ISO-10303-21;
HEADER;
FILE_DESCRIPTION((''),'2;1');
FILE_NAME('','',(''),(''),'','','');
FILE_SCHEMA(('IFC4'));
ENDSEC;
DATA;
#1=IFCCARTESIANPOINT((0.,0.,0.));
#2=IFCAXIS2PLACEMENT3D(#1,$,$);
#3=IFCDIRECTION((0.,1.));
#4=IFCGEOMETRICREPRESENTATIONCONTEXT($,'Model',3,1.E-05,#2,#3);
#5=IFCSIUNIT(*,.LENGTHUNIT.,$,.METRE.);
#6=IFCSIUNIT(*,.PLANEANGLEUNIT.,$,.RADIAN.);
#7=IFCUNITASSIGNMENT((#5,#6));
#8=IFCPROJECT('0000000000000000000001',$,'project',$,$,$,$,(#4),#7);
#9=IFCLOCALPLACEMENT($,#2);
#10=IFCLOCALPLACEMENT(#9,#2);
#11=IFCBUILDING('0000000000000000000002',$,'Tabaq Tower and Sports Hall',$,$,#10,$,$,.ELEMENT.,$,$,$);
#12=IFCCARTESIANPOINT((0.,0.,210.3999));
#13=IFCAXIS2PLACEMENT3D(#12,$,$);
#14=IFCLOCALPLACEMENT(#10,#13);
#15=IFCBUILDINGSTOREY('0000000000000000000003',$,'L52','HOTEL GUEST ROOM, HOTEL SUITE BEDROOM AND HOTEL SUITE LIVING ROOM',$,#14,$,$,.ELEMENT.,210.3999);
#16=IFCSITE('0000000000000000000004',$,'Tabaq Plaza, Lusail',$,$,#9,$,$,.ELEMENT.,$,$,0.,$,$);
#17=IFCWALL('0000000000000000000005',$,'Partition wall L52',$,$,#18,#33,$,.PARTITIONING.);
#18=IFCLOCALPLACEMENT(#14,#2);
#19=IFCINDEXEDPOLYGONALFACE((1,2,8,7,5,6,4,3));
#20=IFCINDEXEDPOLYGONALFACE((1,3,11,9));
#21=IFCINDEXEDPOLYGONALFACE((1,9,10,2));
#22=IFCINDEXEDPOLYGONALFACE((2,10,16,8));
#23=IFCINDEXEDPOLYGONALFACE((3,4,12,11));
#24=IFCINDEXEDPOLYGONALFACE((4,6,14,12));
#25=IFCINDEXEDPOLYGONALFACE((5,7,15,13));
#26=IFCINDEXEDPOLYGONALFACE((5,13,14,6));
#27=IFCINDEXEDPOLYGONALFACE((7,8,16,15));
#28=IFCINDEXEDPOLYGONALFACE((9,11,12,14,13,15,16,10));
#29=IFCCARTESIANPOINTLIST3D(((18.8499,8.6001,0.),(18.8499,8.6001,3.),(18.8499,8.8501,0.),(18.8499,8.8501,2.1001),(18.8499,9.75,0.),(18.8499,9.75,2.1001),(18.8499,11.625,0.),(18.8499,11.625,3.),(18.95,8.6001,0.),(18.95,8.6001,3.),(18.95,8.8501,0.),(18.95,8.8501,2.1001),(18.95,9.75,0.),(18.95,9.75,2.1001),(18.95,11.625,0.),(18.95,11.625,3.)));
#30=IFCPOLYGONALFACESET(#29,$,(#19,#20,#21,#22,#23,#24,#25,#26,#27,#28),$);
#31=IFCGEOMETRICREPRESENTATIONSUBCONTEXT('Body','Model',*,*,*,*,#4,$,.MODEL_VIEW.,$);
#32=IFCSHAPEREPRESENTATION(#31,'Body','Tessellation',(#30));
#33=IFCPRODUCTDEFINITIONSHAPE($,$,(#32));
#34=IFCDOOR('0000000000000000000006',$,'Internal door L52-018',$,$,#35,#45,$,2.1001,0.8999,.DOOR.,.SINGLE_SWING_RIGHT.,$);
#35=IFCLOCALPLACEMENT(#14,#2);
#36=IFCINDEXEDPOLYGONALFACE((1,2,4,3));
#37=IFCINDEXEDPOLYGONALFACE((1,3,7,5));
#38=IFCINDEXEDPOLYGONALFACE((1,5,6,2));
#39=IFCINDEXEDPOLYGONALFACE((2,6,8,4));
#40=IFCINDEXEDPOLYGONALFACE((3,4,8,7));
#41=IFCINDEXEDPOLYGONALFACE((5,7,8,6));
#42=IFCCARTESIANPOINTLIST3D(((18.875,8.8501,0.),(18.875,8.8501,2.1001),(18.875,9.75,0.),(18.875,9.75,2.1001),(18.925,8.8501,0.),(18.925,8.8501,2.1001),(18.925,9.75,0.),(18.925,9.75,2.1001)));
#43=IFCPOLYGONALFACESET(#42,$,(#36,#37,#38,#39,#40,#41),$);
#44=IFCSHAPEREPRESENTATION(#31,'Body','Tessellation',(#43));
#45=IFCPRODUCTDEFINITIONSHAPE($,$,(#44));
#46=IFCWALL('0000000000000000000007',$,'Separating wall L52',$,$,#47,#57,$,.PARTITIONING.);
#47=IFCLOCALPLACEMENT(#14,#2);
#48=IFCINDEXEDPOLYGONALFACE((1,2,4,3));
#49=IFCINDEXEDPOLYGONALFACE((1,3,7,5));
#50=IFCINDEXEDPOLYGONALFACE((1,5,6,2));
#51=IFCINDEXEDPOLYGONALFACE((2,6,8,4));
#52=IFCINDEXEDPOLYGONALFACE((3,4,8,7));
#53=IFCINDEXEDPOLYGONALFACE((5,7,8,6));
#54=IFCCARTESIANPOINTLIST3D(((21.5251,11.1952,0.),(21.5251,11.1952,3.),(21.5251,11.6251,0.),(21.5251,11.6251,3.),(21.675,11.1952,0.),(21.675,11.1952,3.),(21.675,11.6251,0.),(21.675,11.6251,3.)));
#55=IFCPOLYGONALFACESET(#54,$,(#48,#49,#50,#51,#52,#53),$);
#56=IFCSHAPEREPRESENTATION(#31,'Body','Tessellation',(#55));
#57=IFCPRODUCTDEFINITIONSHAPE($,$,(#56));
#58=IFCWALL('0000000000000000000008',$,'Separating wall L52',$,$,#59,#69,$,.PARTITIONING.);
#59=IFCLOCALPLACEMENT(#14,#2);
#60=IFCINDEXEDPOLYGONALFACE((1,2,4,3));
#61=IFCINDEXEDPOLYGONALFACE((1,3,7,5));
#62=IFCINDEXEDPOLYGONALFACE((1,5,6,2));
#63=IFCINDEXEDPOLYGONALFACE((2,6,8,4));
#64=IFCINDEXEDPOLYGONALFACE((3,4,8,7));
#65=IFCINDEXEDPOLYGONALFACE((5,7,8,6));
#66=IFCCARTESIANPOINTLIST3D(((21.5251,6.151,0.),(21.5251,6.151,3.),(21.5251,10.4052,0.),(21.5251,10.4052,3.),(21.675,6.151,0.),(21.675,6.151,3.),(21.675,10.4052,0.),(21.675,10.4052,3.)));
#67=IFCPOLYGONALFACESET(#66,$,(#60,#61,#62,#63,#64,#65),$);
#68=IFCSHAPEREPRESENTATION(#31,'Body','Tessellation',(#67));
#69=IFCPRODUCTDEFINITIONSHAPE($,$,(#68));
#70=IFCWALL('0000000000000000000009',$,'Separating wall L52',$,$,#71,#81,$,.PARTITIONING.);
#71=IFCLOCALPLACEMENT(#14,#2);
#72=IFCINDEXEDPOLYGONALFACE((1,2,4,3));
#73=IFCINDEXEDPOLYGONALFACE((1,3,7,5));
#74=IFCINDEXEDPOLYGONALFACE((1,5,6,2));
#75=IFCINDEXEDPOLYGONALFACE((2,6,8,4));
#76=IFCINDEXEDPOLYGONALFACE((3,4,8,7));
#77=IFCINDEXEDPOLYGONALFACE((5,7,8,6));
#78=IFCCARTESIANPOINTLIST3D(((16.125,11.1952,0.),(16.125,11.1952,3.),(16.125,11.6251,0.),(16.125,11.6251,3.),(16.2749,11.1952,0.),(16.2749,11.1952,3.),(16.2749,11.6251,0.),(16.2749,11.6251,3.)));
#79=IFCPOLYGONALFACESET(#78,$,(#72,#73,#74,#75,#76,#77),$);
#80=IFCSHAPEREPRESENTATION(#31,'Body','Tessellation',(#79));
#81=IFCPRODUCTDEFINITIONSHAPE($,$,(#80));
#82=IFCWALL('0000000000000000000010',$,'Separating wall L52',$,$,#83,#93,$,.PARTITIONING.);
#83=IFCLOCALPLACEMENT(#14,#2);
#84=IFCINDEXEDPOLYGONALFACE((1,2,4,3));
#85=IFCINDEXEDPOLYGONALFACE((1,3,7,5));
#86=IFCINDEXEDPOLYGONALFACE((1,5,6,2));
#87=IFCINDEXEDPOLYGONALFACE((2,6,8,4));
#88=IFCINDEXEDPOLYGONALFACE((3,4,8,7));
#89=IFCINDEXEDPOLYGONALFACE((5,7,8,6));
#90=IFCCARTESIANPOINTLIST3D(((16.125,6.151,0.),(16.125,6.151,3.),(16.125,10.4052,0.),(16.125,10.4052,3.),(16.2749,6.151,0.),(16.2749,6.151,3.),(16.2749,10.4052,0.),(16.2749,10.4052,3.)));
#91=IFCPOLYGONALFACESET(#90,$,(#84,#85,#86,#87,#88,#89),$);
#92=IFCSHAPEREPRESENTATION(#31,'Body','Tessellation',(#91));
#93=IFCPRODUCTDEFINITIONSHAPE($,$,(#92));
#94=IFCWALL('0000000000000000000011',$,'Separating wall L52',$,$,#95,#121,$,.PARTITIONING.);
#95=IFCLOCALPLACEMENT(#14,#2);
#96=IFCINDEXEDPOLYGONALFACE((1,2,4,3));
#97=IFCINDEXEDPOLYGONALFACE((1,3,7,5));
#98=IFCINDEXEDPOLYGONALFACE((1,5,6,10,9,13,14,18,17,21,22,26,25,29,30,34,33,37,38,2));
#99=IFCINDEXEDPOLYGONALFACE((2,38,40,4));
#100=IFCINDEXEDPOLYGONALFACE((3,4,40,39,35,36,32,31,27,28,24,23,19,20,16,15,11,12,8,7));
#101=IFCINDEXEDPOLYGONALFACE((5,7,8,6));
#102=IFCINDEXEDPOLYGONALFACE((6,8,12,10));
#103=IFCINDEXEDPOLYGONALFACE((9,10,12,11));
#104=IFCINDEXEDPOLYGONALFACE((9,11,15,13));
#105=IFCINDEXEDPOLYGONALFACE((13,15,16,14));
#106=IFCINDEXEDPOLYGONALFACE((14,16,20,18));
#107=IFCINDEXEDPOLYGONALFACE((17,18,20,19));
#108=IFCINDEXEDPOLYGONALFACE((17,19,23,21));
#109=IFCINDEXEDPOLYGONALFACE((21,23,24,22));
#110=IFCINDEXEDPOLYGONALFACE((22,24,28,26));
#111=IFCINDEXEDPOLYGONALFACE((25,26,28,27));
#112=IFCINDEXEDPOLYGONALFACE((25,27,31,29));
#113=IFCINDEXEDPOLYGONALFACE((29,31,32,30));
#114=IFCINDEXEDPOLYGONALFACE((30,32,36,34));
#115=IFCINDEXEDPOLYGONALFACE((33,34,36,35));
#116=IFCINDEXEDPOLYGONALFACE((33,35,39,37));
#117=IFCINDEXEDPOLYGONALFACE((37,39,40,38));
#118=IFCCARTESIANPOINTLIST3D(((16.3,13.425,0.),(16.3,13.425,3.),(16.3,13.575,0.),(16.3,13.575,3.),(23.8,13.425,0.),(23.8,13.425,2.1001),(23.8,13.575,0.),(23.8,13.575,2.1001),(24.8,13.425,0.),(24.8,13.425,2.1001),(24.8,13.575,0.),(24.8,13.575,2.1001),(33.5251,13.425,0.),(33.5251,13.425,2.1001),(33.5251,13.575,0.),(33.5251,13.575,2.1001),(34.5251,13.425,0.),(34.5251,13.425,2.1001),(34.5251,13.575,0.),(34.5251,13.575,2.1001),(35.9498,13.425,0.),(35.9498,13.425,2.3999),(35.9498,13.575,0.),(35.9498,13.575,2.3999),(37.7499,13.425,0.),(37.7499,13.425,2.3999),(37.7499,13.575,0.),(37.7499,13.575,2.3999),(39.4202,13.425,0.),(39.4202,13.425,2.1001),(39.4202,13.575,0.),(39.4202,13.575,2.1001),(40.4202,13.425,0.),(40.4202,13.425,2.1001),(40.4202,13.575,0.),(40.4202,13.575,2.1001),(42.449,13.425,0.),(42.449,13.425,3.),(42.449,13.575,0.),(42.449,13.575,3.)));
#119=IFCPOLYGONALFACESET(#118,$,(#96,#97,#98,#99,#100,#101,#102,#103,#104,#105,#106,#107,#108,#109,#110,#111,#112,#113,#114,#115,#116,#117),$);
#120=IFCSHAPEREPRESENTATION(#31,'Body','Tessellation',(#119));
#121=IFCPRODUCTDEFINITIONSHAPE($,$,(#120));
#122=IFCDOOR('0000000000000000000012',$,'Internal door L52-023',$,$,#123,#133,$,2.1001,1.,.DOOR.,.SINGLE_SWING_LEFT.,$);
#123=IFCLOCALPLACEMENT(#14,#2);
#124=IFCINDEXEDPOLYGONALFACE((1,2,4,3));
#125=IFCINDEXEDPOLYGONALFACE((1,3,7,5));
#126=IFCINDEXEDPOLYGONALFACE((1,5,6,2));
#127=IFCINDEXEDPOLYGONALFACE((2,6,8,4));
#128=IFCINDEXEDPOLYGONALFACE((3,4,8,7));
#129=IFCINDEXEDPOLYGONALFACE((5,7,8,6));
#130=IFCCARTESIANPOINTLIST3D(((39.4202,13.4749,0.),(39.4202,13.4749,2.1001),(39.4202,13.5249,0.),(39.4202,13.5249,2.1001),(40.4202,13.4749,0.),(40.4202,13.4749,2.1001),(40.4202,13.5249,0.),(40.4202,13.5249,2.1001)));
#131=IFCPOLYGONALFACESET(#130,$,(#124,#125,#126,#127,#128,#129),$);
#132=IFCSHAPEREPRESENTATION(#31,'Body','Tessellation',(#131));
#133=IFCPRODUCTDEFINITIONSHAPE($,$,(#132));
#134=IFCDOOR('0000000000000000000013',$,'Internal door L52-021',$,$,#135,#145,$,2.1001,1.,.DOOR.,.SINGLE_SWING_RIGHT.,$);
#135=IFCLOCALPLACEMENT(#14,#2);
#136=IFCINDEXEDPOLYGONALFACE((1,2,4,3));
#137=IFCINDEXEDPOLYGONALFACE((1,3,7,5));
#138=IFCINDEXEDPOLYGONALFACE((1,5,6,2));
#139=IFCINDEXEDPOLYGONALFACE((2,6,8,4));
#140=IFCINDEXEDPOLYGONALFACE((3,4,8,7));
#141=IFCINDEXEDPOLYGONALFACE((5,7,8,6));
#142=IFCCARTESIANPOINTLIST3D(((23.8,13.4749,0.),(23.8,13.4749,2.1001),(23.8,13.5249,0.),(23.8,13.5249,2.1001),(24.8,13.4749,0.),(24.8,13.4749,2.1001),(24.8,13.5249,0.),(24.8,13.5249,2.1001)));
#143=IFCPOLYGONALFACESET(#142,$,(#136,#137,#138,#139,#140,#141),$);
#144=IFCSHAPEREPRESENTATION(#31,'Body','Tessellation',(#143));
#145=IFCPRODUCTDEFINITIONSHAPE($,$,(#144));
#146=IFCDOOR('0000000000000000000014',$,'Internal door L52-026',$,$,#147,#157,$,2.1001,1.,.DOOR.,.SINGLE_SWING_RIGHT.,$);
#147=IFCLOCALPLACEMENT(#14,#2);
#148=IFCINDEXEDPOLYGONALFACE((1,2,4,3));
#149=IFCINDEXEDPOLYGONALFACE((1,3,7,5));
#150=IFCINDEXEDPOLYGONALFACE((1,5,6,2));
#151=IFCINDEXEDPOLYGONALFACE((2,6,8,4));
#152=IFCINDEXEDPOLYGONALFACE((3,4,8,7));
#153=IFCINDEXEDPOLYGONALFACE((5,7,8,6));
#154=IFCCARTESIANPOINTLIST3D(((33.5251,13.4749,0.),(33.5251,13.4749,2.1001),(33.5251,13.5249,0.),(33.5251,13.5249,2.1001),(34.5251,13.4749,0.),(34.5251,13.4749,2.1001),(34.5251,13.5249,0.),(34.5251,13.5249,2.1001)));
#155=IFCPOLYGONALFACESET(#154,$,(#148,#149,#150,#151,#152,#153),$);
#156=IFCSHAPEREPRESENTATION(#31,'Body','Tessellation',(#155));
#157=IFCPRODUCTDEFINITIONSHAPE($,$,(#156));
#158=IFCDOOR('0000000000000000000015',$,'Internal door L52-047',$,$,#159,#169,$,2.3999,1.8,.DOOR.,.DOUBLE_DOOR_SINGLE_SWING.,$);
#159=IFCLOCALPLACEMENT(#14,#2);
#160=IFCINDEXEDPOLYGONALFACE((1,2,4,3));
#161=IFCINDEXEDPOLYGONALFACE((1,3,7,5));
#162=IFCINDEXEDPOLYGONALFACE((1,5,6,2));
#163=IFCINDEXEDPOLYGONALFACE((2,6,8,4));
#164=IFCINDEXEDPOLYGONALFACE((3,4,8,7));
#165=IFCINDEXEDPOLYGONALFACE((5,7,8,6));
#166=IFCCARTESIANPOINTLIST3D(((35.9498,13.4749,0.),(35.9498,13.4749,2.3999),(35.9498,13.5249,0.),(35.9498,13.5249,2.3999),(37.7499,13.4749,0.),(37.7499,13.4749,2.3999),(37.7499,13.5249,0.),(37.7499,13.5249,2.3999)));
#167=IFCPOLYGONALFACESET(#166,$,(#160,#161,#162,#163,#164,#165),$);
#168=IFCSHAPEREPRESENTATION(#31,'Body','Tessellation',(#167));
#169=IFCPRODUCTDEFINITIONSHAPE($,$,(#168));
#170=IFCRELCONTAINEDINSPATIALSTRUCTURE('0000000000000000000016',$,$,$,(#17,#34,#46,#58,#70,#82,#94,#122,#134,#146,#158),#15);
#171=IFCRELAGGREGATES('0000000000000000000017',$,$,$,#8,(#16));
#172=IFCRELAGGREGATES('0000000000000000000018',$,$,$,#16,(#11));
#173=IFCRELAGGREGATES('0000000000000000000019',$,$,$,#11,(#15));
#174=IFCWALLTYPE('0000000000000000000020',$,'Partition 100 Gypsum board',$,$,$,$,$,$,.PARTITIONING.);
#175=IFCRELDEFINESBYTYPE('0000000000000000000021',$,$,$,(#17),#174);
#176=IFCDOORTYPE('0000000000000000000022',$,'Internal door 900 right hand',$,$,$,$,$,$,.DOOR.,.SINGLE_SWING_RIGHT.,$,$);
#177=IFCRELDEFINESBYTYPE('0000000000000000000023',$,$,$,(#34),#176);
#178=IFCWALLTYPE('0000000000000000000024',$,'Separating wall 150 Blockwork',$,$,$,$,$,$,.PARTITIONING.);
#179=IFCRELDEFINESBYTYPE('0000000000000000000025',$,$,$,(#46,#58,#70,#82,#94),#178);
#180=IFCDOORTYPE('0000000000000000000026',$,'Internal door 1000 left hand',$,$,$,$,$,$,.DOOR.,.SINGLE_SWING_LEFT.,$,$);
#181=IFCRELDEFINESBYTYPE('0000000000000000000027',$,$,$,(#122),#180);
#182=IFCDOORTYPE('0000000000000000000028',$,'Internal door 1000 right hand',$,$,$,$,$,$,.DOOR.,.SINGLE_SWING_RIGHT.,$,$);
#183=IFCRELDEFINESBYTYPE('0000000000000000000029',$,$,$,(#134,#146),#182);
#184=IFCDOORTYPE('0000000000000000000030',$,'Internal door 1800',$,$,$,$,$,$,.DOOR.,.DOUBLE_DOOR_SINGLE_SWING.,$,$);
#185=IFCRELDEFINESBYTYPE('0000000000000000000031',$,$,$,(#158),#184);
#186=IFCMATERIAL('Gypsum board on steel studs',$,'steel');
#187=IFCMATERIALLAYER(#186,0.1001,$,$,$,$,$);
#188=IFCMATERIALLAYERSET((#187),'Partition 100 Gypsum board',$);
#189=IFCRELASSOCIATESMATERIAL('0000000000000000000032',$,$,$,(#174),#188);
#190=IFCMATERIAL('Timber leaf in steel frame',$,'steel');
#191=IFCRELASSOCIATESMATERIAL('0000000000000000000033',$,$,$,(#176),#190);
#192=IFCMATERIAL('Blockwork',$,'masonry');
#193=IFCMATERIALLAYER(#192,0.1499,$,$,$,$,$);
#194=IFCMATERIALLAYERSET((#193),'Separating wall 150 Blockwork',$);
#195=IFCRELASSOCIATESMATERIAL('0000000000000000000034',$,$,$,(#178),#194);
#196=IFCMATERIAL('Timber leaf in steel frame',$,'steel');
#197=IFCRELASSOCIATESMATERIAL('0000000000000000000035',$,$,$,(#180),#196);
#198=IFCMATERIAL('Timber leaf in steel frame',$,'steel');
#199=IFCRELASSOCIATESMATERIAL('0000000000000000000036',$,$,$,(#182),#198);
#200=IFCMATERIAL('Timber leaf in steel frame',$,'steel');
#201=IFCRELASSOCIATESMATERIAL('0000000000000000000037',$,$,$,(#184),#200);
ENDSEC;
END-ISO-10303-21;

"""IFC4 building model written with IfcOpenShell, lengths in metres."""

from ifc_helpers import new_model, si_unit, direction, frame, frame_2d, origin, place, context, subcontext, project, spatial, rectangle, extrude, material, layer, layer_set, type_object, element, fill, save


model = new_model("IFC4")

# Units and contexts
model_context = context("Model", 3, precision=1e-05, world=origin(), true_north=direction((0.0, 1.0)))
body_context = subcontext(model_context, "Body", "Model", "MODEL_VIEW")
ifc_project = project(units=[si_unit("LENGTHUNIT", "METRE"), si_unit("PLANEANGLEUNIT", "RADIAN")], contexts=[model_context])

# Site, building, storey
site_placement = place(None, origin())
site = spatial("IfcSite", under=ifc_project, at=site_placement, Name="Tabaq Plaza, Lusail", CompositionType="ELEMENT", RefElevation=0.0)
building_placement = place(site_placement, origin())
building = spatial("IfcBuilding", under=site, at=building_placement, Name="Tabaq Tower and Sports Hall", CompositionType="ELEMENT")
storey_placement = place(building_placement, frame((0.0, 0.0, 210.3999)))
storey = spatial("IfcBuildingStorey", under=building, at=storey_placement, Name="L52", Description="HOTEL GUEST ROOM, HOTEL SUITE BEDROOM AND HOTEL SUITE LIVING ROOM", CompositionType="ELEMENT", Elevation=210.3999)

# Shared definitions
ifc_material_1 = material(Name="Gypsum board on steel studs", Category="steel")
ifc_layer_1 = layer(ifc_material_1, 0.1001)
ifc_layer_set_1 = layer_set([ifc_layer_1], Name="Partition 100 Gypsum board")
wall_type_1 = type_object("IfcWallType", Name="Partition 100 Gypsum board", PredefinedType="PARTITIONING", material=ifc_layer_set_1)

# Wall, opening, door
wall_1_placement = place(storey_placement, frame((18.8999, 8.6001, 0.0), z_axis=(0.0, 0.0, 1.0), x_axis=(0.0, 1.0, 0.0)))
wall_1 = element("IfcWall", 1, at=wall_1_placement, inside=storey, type_object=wall_type_1, Name="Partition wall L52", PredefinedType="PARTITIONING", context=body_context, shape_type="SweptSolid", body=[
    extrude(rectangle(XDim=3.0249, YDim=0.1001, at=frame_2d((1.5125, 0.0))), origin(), (0.0, 0.0, 1.0), 3.0),
])
opening_1_placement = place(wall_1_placement, frame((0.25, 0.0, 0.0)))
opening_1 = element("IfcOpeningElement", 2, at=opening_1_placement, cuts=wall_1, PredefinedType="OPENING", context=body_context, shape_type="SweptSolid", body=[
    extrude(rectangle(XDim=0.8999, YDim=2.1001, at=frame_2d((0.45, 1.05))), frame((0.0, 0.05, 0.0), z_axis=(0.0, -1.0, 0.0), x_axis=(1.0, 0.0, 0.0)), (0.0, 0.0, 1.0), 0.1001),
])
ifc_material_2 = material(Name="Timber leaf in steel frame", Category="steel")
door_type_1 = type_object("IfcDoorType", Name="Internal door 900 right hand", OperationType="SINGLE_SWING_RIGHT", PredefinedType="DOOR", material=ifc_material_2)
door_1_placement = place(opening_1_placement, origin())
door_1 = element("IfcDoor", 3, at=door_1_placement, inside=storey, type_object=door_type_1, Name="Internal door L52-018", OperationType="SINGLE_SWING_RIGHT", OverallHeight=2.1001, OverallWidth=0.8999, PredefinedType="DOOR", context=body_context, shape_type="SweptSolid", body=[
    extrude(rectangle(XDim=0.8999, YDim=2.1001, at=frame_2d((0.45, 1.05))), frame((0.0, 0.0249, 0.0), z_axis=(0.0, -1.0, 0.0), x_axis=(1.0, 0.0, 0.0)), (0.0, 0.0, 1.0), 0.05),
])
fill(opening_1, door_1)

# Walls
ifc_material_3 = material(Name="Blockwork", Category="masonry")
ifc_layer_2 = layer(ifc_material_3, 0.1499)
ifc_layer_set_2 = layer_set([ifc_layer_2], Name="Separating wall 150 Blockwork")
wall_type_2 = type_object("IfcWallType", Name="Separating wall 150 Blockwork", PredefinedType="PARTITIONING", material=ifc_layer_set_2)
wall_2_placement = place(storey_placement, frame((21.6001, 11.625, 0.0), z_axis=(0.0, 0.0, 1.0), x_axis=(0.0, -1.0, 0.0)))
element("IfcWall", 4, at=wall_2_placement, inside=storey, type_object=wall_type_2, Name="Separating wall L52", PredefinedType="PARTITIONING", context=body_context, shape_type="SweptSolid", body=[
    extrude(rectangle(XDim=0.4299, YDim=0.1499, at=frame_2d((0.2148, 0.0))), origin(), (0.0, 0.0, 1.0), 3.0),
])
wall_3_placement = place(storey_placement, frame((21.6001, 10.405, 0.0), z_axis=(0.0, 0.0, 1.0), x_axis=(0.0, -1.0, 0.0)))
element("IfcWall", 5, at=wall_3_placement, inside=storey, type_object=wall_type_2, Name="Separating wall L52", PredefinedType="PARTITIONING", context=body_context, shape_type="SweptSolid", body=[
    extrude(rectangle(XDim=4.2542, YDim=0.1499, at=frame_2d((2.127, 0.0))), origin(), (0.0, 0.0, 1.0), 3.0),
])
wall_4_placement = place(storey_placement, frame((16.2, 11.625, 0.0), z_axis=(0.0, 0.0, 1.0), x_axis=(0.0, -1.0, 0.0)))
element("IfcWall", 6, at=wall_4_placement, inside=storey, type_object=wall_type_2, Name="Separating wall L52", PredefinedType="PARTITIONING", context=body_context, shape_type="SweptSolid", body=[
    extrude(rectangle(XDim=0.4299, YDim=0.1499, at=frame_2d((0.2148, 0.0))), origin(), (0.0, 0.0, 1.0), 3.0),
])
wall_5_placement = place(storey_placement, frame((16.2, 10.405, 0.0), z_axis=(0.0, 0.0, 1.0), x_axis=(0.0, -1.0, 0.0)))
element("IfcWall", 7, at=wall_5_placement, inside=storey, type_object=wall_type_2, Name="Separating wall L52", PredefinedType="PARTITIONING", context=body_context, shape_type="SweptSolid", body=[
    extrude(rectangle(XDim=4.2542, YDim=0.1499, at=frame_2d((2.127, 0.0))), origin(), (0.0, 0.0, 1.0), 3.0),
])

# Wall, openings, doors
wall_6_placement = place(storey_placement, frame((16.3, 13.5, 0.0), z_axis=(0.0, 0.0, 1.0), x_axis=(1.0, 0.0, 0.0)))
wall_6 = element("IfcWall", 8, at=wall_6_placement, inside=storey, type_object=wall_type_2, Name="Separating wall L52", PredefinedType="PARTITIONING", context=body_context, shape_type="SweptSolid", body=[
    extrude(rectangle(XDim=26.1489, YDim=0.1499, at=frame_2d((13.0745, 0.0))), origin(), (0.0, 0.0, 1.0), 3.0),
])
opening_2_placement = place(wall_6_placement, frame((7.5, 0.0, 0.0)))
opening_2 = element("IfcOpeningElement", 9, at=opening_2_placement, cuts=wall_6, PredefinedType="OPENING", context=body_context, shape_type="SweptSolid", body=[
    extrude(rectangle(XDim=1.0, YDim=2.1001, at=frame_2d((0.5, 1.05))), frame((0.0, 0.075, 0.0), z_axis=(0.0, -1.0, 0.0), x_axis=(1.0, 0.0, 0.0)), (0.0, 0.0, 1.0), 0.1499),
])
opening_3_placement = place(wall_6_placement, frame((23.1201, 0.0, 0.0)))
opening_3 = element("IfcOpeningElement", 10, at=opening_3_placement, cuts=wall_6, PredefinedType="OPENING", context=body_context, shape_type="SweptSolid", body=[
    extrude(rectangle(XDim=1.0, YDim=2.1001, at=frame_2d((0.5, 1.05))), frame((0.0, 0.075, 0.0), z_axis=(0.0, -1.0, 0.0), x_axis=(1.0, 0.0, 0.0)), (0.0, 0.0, 1.0), 0.1499),
])
opening_4_placement = place(wall_6_placement, frame((17.2251, 0.0, 0.0)))
opening_4 = element("IfcOpeningElement", 11, at=opening_4_placement, cuts=wall_6, PredefinedType="OPENING", context=body_context, shape_type="SweptSolid", body=[
    extrude(rectangle(XDim=1.0, YDim=2.1001, at=frame_2d((0.5, 1.05))), frame((0.0, 0.075, 0.0), z_axis=(0.0, -1.0, 0.0), x_axis=(1.0, 0.0, 0.0)), (0.0, 0.0, 1.0), 0.1499),
])
opening_5_placement = place(wall_6_placement, frame((19.6499, 0.0, 0.0)))
opening_5 = element("IfcOpeningElement", 12, at=opening_5_placement, cuts=wall_6, PredefinedType="OPENING", context=body_context, shape_type="SweptSolid", body=[
    extrude(rectangle(XDim=1.8, YDim=2.3999, at=frame_2d((0.8999, 1.2))), frame((0.0, 0.075, 0.0), z_axis=(0.0, -1.0, 0.0), x_axis=(1.0, 0.0, 0.0)), (0.0, 0.0, 1.0), 0.1499),
])
ifc_material_4 = material(Name="Timber leaf in steel frame", Category="steel")
door_type_2 = type_object("IfcDoorType", Name="Internal door 1000 left hand", OperationType="SINGLE_SWING_LEFT", PredefinedType="DOOR", material=ifc_material_4)
door_2_placement = place(opening_3_placement, origin())
door_2 = element("IfcDoor", 13, at=door_2_placement, inside=storey, type_object=door_type_2, Name="Internal door L52-023", OperationType="SINGLE_SWING_LEFT", OverallHeight=2.1001, OverallWidth=1.0, PredefinedType="DOOR", context=body_context, shape_type="SweptSolid", body=[
    extrude(rectangle(XDim=1.0, YDim=2.1001, at=frame_2d((0.5, 1.05))), frame((0.0, 0.0249, 0.0), z_axis=(0.0, -1.0, 0.0), x_axis=(1.0, 0.0, 0.0)), (0.0, 0.0, 1.0), 0.05),
])
fill(opening_3, door_2)
ifc_material_5 = material(Name="Timber leaf in steel frame", Category="steel")
door_type_3 = type_object("IfcDoorType", Name="Internal door 1000 right hand", OperationType="SINGLE_SWING_RIGHT", PredefinedType="DOOR", material=ifc_material_5)
door_3_placement = place(opening_2_placement, origin())
door_3 = element("IfcDoor", 14, at=door_3_placement, inside=storey, type_object=door_type_3, Name="Internal door L52-021", OperationType="SINGLE_SWING_RIGHT", OverallHeight=2.1001, OverallWidth=1.0, PredefinedType="DOOR", context=body_context, shape_type="SweptSolid", body=[
    extrude(rectangle(XDim=1.0, YDim=2.1001, at=frame_2d((0.5, 1.05))), frame((0.0, 0.0249, 0.0), z_axis=(0.0, -1.0, 0.0), x_axis=(1.0, 0.0, 0.0)), (0.0, 0.0, 1.0), 0.05),
])
fill(opening_2, door_3)
door_4_placement = place(opening_4_placement, origin())
door_4 = element("IfcDoor", 15, at=door_4_placement, inside=storey, type_object=door_type_3, Name="Internal door L52-026", OperationType="SINGLE_SWING_RIGHT", OverallHeight=2.1001, OverallWidth=1.0, PredefinedType="DOOR", context=body_context, shape_type="SweptSolid", body=[
    extrude(rectangle(XDim=1.0, YDim=2.1001, at=frame_2d((0.5, 1.05))), frame((0.0, 0.0249, 0.0), z_axis=(0.0, -1.0, 0.0), x_axis=(1.0, 0.0, 0.0)), (0.0, 0.0, 1.0), 0.05),
])
fill(opening_4, door_4)
ifc_material_6 = material(Name="Timber leaf in steel frame", Category="steel")
door_type_4 = type_object("IfcDoorType", Name="Internal door 1800", OperationType="DOUBLE_DOOR_SINGLE_SWING", PredefinedType="DOOR", material=ifc_material_6)
door_5_placement = place(opening_5_placement, origin())
door_5 = element("IfcDoor", 16, at=door_5_placement, inside=storey, type_object=door_type_4, Name="Internal door L52-047", OperationType="DOUBLE_DOOR_SINGLE_SWING", OverallHeight=2.3999, OverallWidth=1.8, PredefinedType="DOOR", context=body_context, shape_type="SweptSolid", body=[
    extrude(rectangle(XDim=1.8, YDim=2.3999, at=frame_2d((0.8999, 1.2))), frame((0.0, 0.0249, 0.0), z_axis=(0.0, -1.0, 0.0), x_axis=(1.0, 0.0, 0.0)), (0.0, 0.0, 1.0), 0.05),
])
fill(opening_5, door_5)

save(model, "model.ifc")
